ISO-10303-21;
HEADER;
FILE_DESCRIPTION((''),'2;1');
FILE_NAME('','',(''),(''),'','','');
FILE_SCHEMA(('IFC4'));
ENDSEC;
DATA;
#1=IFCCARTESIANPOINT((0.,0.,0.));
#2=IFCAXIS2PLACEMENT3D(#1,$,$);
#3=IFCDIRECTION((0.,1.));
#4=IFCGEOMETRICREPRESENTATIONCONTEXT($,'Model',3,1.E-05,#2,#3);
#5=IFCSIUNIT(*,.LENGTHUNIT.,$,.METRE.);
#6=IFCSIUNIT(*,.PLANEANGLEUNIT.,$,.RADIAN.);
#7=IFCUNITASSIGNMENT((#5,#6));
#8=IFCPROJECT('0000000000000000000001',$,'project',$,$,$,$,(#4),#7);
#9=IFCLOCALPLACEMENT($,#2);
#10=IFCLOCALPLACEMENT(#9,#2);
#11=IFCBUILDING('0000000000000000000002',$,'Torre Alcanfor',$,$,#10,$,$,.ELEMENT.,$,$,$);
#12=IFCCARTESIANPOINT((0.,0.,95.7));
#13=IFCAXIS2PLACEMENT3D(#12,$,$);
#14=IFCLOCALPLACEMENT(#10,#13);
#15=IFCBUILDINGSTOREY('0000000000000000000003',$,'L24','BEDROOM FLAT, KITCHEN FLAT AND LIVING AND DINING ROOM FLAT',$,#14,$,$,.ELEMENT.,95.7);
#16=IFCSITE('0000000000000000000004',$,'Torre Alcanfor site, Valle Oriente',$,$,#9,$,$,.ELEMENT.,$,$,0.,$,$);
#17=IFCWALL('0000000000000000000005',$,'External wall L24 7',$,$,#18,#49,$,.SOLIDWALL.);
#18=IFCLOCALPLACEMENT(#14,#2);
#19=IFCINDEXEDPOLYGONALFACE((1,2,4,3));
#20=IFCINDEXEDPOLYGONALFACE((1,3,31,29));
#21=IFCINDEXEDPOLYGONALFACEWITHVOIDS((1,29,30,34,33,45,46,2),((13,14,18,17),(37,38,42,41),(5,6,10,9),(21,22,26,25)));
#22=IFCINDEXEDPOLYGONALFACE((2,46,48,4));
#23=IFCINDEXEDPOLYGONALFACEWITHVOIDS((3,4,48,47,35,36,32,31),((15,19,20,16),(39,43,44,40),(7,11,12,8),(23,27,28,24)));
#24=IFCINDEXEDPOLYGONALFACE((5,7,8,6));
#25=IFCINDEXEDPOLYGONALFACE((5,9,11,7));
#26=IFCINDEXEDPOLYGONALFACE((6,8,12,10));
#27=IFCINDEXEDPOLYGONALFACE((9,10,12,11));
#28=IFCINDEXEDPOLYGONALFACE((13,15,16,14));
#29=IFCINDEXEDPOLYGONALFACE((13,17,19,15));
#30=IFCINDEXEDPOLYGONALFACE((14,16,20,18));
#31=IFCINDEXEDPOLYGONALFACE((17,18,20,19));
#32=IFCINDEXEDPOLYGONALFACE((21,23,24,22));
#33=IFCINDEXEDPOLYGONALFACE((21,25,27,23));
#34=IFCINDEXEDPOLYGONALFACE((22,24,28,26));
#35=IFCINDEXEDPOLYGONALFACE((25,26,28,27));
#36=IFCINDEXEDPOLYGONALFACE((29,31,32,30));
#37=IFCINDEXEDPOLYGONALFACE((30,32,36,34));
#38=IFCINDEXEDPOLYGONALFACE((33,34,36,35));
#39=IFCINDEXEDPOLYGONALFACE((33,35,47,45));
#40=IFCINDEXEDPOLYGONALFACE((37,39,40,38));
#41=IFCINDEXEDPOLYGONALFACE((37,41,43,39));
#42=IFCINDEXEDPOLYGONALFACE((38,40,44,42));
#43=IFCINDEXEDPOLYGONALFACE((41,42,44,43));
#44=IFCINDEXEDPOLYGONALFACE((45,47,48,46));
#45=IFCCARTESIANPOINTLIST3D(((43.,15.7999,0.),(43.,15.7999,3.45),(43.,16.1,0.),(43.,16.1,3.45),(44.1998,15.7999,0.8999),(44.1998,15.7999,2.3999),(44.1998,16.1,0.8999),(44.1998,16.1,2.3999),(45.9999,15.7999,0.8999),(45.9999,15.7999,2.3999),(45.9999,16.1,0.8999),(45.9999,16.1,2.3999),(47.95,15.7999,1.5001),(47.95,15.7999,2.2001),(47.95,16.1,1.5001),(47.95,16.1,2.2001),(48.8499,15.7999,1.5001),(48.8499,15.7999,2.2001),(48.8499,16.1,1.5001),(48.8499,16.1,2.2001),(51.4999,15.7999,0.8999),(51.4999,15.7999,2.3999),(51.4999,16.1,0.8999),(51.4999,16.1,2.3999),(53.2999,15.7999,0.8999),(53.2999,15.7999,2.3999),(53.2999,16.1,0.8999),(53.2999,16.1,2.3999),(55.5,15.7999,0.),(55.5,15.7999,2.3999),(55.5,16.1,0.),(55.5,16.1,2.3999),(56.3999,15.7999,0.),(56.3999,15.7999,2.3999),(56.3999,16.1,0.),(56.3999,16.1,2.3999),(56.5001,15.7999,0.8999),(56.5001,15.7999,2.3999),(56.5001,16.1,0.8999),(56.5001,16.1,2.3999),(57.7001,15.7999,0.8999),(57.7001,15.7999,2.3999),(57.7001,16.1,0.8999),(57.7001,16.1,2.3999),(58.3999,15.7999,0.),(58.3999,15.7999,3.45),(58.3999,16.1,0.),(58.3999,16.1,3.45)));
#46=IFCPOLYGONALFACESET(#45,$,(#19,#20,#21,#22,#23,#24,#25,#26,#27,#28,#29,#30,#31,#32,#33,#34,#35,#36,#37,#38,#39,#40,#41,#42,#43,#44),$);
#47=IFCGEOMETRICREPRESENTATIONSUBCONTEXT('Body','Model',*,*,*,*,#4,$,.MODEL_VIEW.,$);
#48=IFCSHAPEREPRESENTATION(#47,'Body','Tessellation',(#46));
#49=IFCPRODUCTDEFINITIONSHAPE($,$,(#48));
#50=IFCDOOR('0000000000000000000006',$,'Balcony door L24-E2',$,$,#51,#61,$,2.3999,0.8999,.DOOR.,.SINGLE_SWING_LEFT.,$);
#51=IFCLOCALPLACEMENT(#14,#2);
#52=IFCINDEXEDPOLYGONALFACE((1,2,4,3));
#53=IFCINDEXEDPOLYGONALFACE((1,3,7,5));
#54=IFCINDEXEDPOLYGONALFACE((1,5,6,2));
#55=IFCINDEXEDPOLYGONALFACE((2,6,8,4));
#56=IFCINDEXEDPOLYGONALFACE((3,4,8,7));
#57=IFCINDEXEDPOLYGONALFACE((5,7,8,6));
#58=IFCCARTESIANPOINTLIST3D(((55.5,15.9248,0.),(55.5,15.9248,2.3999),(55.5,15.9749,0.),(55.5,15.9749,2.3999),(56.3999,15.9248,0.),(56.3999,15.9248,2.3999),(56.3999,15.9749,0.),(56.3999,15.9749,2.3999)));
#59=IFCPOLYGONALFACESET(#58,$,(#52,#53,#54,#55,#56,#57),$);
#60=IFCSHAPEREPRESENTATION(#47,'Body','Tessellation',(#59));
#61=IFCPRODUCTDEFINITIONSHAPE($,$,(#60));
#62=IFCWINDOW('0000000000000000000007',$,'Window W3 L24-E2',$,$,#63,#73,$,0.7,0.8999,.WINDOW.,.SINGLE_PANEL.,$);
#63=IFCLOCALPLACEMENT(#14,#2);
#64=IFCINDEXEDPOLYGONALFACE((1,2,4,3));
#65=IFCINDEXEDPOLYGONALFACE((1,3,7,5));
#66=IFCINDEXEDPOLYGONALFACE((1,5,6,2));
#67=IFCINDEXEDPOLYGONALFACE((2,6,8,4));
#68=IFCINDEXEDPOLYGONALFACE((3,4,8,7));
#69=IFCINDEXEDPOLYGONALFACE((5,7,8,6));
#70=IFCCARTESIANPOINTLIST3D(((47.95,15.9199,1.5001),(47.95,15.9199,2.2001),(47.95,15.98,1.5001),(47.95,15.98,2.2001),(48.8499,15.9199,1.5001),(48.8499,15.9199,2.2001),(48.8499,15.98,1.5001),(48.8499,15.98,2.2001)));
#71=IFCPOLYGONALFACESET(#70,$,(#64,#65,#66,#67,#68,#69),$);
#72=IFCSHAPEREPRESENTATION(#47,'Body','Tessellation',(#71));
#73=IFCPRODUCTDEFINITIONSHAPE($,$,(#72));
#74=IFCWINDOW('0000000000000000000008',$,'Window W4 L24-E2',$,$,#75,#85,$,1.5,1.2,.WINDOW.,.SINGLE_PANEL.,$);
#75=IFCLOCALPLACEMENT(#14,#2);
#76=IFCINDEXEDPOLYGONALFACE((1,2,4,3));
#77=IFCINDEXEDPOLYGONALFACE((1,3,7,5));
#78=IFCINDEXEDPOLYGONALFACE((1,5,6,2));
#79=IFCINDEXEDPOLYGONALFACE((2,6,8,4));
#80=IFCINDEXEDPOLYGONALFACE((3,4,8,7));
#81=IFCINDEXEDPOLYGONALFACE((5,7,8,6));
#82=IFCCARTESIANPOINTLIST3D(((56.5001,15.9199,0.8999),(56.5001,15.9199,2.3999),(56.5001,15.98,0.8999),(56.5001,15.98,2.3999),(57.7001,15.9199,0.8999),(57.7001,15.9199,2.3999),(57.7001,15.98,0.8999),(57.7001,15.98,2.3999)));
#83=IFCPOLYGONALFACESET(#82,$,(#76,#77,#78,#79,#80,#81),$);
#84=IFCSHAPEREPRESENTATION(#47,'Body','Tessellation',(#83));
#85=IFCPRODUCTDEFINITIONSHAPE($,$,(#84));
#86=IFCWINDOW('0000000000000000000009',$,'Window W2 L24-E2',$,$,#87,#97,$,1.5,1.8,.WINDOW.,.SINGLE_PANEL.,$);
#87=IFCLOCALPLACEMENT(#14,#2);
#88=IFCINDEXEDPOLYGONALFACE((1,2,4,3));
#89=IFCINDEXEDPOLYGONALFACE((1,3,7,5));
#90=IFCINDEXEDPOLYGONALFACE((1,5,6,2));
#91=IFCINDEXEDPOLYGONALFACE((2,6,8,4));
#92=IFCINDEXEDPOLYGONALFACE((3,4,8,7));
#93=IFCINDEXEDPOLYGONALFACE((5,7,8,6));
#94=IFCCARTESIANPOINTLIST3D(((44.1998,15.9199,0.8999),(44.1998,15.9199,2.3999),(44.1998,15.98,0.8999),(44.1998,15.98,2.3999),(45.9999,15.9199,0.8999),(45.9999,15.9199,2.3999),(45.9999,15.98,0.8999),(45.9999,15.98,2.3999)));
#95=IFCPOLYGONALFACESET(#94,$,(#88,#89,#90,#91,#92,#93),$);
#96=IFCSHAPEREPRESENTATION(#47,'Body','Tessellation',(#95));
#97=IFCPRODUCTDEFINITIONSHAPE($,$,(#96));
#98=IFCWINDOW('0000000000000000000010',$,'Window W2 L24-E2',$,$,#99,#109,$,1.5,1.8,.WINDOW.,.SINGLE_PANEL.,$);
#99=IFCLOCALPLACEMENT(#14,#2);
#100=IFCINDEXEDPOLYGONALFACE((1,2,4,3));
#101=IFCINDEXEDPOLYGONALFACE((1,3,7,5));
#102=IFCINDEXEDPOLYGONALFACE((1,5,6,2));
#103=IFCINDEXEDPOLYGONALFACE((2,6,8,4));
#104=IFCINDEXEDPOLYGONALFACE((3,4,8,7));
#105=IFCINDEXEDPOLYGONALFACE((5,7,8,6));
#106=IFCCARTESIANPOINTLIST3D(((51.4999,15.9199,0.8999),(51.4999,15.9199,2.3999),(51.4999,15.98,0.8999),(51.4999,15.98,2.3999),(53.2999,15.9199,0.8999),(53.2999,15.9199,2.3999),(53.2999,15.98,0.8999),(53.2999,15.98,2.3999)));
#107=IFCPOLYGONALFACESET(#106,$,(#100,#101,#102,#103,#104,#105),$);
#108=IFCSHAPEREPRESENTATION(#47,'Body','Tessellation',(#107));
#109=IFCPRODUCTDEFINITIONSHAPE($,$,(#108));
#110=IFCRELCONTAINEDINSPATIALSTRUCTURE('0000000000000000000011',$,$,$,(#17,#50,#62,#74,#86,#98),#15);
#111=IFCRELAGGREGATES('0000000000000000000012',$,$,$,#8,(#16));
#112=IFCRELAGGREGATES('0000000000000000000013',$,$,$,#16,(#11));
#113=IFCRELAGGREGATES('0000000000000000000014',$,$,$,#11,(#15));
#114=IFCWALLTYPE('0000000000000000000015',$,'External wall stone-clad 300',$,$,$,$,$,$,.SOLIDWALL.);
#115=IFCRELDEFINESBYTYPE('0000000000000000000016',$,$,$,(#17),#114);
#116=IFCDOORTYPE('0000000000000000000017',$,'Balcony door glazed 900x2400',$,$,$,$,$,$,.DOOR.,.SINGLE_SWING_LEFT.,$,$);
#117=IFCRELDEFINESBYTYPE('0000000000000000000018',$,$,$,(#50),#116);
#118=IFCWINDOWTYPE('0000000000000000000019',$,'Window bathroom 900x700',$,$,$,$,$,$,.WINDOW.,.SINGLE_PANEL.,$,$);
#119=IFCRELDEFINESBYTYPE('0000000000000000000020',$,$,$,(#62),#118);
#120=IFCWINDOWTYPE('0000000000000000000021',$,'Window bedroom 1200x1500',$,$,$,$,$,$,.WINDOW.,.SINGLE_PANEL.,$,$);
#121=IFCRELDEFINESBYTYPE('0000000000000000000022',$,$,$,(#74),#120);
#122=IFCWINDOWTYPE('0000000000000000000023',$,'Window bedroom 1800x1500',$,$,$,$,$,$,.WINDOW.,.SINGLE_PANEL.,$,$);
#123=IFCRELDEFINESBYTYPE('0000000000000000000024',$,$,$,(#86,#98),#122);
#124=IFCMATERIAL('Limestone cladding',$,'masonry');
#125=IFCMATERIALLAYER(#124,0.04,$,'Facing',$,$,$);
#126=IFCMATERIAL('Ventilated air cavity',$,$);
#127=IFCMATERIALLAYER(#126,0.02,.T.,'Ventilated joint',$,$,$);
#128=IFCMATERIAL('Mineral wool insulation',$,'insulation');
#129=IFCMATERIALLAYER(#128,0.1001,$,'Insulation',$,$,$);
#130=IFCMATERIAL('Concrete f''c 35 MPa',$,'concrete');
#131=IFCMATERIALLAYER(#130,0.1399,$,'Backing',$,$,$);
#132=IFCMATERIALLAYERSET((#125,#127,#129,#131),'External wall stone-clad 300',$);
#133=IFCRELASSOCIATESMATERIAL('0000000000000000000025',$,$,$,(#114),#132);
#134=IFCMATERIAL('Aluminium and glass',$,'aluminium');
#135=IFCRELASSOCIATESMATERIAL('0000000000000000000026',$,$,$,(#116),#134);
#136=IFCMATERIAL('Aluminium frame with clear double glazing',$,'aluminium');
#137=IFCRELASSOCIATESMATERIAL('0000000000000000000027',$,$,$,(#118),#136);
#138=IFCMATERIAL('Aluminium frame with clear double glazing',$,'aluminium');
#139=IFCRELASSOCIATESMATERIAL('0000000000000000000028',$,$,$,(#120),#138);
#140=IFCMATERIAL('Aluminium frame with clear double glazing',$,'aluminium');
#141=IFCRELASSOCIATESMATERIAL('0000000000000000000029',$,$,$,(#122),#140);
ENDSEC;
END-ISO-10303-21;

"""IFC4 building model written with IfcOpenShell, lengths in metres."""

from ifc_helpers import new_model, si_unit, direction, frame, frame_2d, origin, place, context, subcontext, project, spatial, rectangle, extrude, material, layer, layer_set, type_object, element, fill, save


model = new_model("IFC4")

# Units and contexts
model_context = context("Model", 3, precision=1e-05, world=origin(), true_north=direction((0.0, 1.0)))
body_context = subcontext(model_context, "Body", "Model", "MODEL_VIEW")
ifc_project = project(units=[si_unit("LENGTHUNIT", "METRE"), si_unit("PLANEANGLEUNIT", "RADIAN")], contexts=[model_context])

# Site, building, storey
site_placement = place(None, origin())
site = spatial("IfcSite", under=ifc_project, at=site_placement, Name="Torre Alcanfor site, Valle Oriente", CompositionType="ELEMENT", RefElevation=0.0)
building_placement = place(site_placement, origin())
building = spatial("IfcBuilding", under=site, at=building_placement, Name="Torre Alcanfor", CompositionType="ELEMENT")
storey_placement = place(building_placement, frame((0.0, 0.0, 95.7)))
storey = spatial("IfcBuildingStorey", under=building, at=storey_placement, Name="L24", Description="BEDROOM FLAT, KITCHEN FLAT AND LIVING AND DINING ROOM FLAT", CompositionType="ELEMENT", Elevation=95.7)

# Wall, openings, door, windows
ifc_material_1 = material(Name="Limestone cladding", Category="masonry")
ifc_layer_1 = layer(ifc_material_1, 0.04, Name="Facing")
ifc_material_2 = material(Name="Ventilated air cavity")
ifc_layer_2 = layer(ifc_material_2, 0.02, ventilated=True, Name="Ventilated joint")
ifc_material_3 = material(Name="Mineral wool insulation", Category="insulation")
ifc_layer_3 = layer(ifc_material_3, 0.1001, Name="Insulation")
ifc_material_4 = material(Name="Concrete f'c 35 MPa", Category="concrete")
ifc_layer_4 = layer(ifc_material_4, 0.1399, Name="Backing")
ifc_layer_set_1 = layer_set([ifc_layer_1, ifc_layer_2, ifc_layer_3, ifc_layer_4], Name="External wall stone-clad 300")
wall_type_1 = type_object("IfcWallType", Name="External wall stone-clad 300", PredefinedType="SOLIDWALL", material=ifc_layer_set_1)
ifc_material_5 = material(Name="Aluminium and glass", Category="aluminium")
door_type = type_object("IfcDoorType", Name="Balcony door glazed 900x2400", OperationType="SINGLE_SWING_LEFT", PredefinedType="DOOR", material=ifc_material_5)
ifc_material_6 = material(Name="Aluminium frame with clear double glazing", Category="aluminium")
window_type_1 = type_object("IfcWindowType", Name="Window bathroom 900x700", PartitioningType="SINGLE_PANEL", PredefinedType="WINDOW", material=ifc_material_6)
ifc_material_7 = material(Name="Aluminium frame with clear double glazing", Category="aluminium")
window_type_2 = type_object("IfcWindowType", Name="Window bedroom 1200x1500", PartitioningType="SINGLE_PANEL", PredefinedType="WINDOW", material=ifc_material_7)
ifc_material_8 = material(Name="Aluminium frame with clear double glazing", Category="aluminium")
window_type_3 = type_object("IfcWindowType", Name="Window bedroom 1800x1500", PartitioningType="SINGLE_PANEL", PredefinedType="WINDOW", material=ifc_material_8)
wall_1_placement = place(storey_placement, frame((43.0, 15.95, 0.0), z_axis=(0.0, 0.0, 1.0), x_axis=(1.0, 0.0, 0.0)))
wall_1 = element("IfcWall", 1, at=wall_1_placement, inside=storey, type_object=wall_type_1, Name="External wall L24 7", PredefinedType="SOLIDWALL", context=body_context, shape_type="SweptSolid", body=[
    extrude(rectangle(XDim=15.3999, YDim=0.3, at=frame_2d((7.7, 0.0))), origin(), (0.0, 0.0, 1.0), 3.45),
])
opening_1_placement = place(wall_1_placement, frame((1.2, 0.0, 0.8999)))
opening_1 = element("IfcOpeningElement", 2, at=opening_1_placement, cuts=wall_1, PredefinedType="OPENING", context=body_context, shape_type="SweptSolid", body=[
    extrude(rectangle(XDim=1.8, YDim=1.5, at=frame_2d((0.8999, 0.75))), frame((0.0, 0.1599, 0.0), z_axis=(0.0, -1.0, 0.0), x_axis=(1.0, 0.0, 0.0)), (0.0, 0.0, 1.0), 0.3201),
])
opening_2_placement = place(wall_1_placement, frame((4.95, 0.0, 1.5)))
opening_2 = element("IfcOpeningElement", 3, at=opening_2_placement, cuts=wall_1, PredefinedType="OPENING", context=body_context, shape_type="SweptSolid", body=[
    extrude(rectangle(XDim=0.8999, YDim=0.7, at=frame_2d((0.45, 0.3501))), frame((0.0, 0.1599, 0.0), z_axis=(0.0, -1.0, 0.0), x_axis=(1.0, 0.0, 0.0)), (0.0, 0.0, 1.0), 0.3201),
])
opening_3_placement = place(wall_1_placement, frame((8.5, 0.0, 0.8999)))
opening_3 = element("IfcOpeningElement", 4, at=opening_3_placement, cuts=wall_1, PredefinedType="OPENING", context=body_context, shape_type="SweptSolid", body=[
    extrude(rectangle(XDim=1.8, YDim=1.5, at=frame_2d((0.8999, 0.75))), frame((0.0, 0.1599, 0.0), z_axis=(0.0, -1.0, 0.0), x_axis=(1.0, 0.0, 0.0)), (0.0, 0.0, 1.0), 0.3201),
])
opening_4_placement = place(wall_1_placement, frame((12.5, 0.0, 0.0)))
opening_4 = element("IfcOpeningElement", 5, at=opening_4_placement, cuts=wall_1, PredefinedType="OPENING", context=body_context, shape_type="SweptSolid", body=[
    extrude(rectangle(XDim=0.8999, YDim=2.3999, at=frame_2d((0.45, 1.2))), frame((0.0, 0.1599, 0.0), z_axis=(0.0, -1.0, 0.0), x_axis=(1.0, 0.0, 0.0)), (0.0, 0.0, 1.0), 0.3201),
])
opening_5_placement = place(wall_1_placement, frame((13.5, 0.0, 0.8999)))
opening_5 = element("IfcOpeningElement", 6, at=opening_5_placement, cuts=wall_1, PredefinedType="OPENING", context=body_context, shape_type="SweptSolid", body=[
    extrude(rectangle(XDim=1.2, YDim=1.5, at=frame_2d((0.6001, 0.75))), frame((0.0, 0.1599, 0.0), z_axis=(0.0, -1.0, 0.0), x_axis=(1.0, 0.0, 0.0)), (0.0, 0.0, 1.0), 0.3201),
])
door_1_placement = place(opening_4_placement, origin())
door_1 = element("IfcDoor", 7, at=door_1_placement, inside=storey, type_object=door_type, Name="Balcony door L24-E2", OperationType="SINGLE_SWING_LEFT", OverallHeight=2.3999, OverallWidth=0.8999, PredefinedType="DOOR", context=body_context, shape_type="SweptSolid", body=[
    extrude(rectangle(XDim=0.8999, YDim=2.3999, at=frame_2d((0.45, 1.2))), frame((0.0, 0.0249, 0.0), z_axis=(0.0, -1.0, 0.0), x_axis=(1.0, 0.0, 0.0)), (0.0, 0.0, 1.0), 0.05),
])
fill(opening_4, door_1)
window_1_placement = place(opening_2_placement, origin())
window_1 = element("IfcWindow", 8, at=window_1_placement, inside=storey, type_object=window_type_1, Name="Window W3 L24-E2", OverallHeight=0.7, OverallWidth=0.8999, PartitioningType="SINGLE_PANEL", PredefinedType="WINDOW", context=body_context, shape_type="SweptSolid", body=[
    extrude(rectangle(XDim=0.8999, YDim=0.7, at=frame_2d((0.45, 0.3501))), frame((0.0, 0.03, 0.0), z_axis=(0.0, -1.0, 0.0), x_axis=(1.0, 0.0, 0.0)), (0.0, 0.0, 1.0), 0.0601),
])
fill(opening_2, window_1)
window_2_placement = place(opening_5_placement, origin())
window_2 = element("IfcWindow", 9, at=window_2_placement, inside=storey, type_object=window_type_2, Name="Window W4 L24-E2", OverallHeight=1.5, OverallWidth=1.2, PartitioningType="SINGLE_PANEL", PredefinedType="WINDOW", context=body_context, shape_type="SweptSolid", body=[
    extrude(rectangle(XDim=1.2, YDim=1.5, at=frame_2d((0.6001, 0.75))), frame((0.0, 0.03, 0.0), z_axis=(0.0, -1.0, 0.0), x_axis=(1.0, 0.0, 0.0)), (0.0, 0.0, 1.0), 0.0601),
])
fill(opening_5, window_2)
window_3_placement = place(opening_1_placement, origin())
window_3 = element("IfcWindow", 10, at=window_3_placement, inside=storey, type_object=window_type_3, Name="Window W2 L24-E2", OverallHeight=1.5, OverallWidth=1.8, PartitioningType="SINGLE_PANEL", PredefinedType="WINDOW", context=body_context, shape_type="SweptSolid", body=[
    extrude(rectangle(XDim=1.8, YDim=1.5, at=frame_2d((0.8999, 0.75))), frame((0.0, 0.03, 0.0), z_axis=(0.0, -1.0, 0.0), x_axis=(1.0, 0.0, 0.0)), (0.0, 0.0, 1.0), 0.0601),
])
fill(opening_1, window_3)
window_4_placement = place(opening_3_placement, origin())
window_4 = element("IfcWindow", 11, at=window_4_placement, inside=storey, type_object=window_type_3, Name="Window W2 L24-E2", OverallHeight=1.5, OverallWidth=1.8, PartitioningType="SINGLE_PANEL", PredefinedType="WINDOW", context=body_context, shape_type="SweptSolid", body=[
    extrude(rectangle(XDim=1.8, YDim=1.5, at=frame_2d((0.8999, 0.75))), frame((0.0, 0.03, 0.0), z_axis=(0.0, -1.0, 0.0), x_axis=(1.0, 0.0, 0.0)), (0.0, 0.0, 1.0), 0.0601),
])
fill(opening_3, window_4)

save(model, "model.ifc")
